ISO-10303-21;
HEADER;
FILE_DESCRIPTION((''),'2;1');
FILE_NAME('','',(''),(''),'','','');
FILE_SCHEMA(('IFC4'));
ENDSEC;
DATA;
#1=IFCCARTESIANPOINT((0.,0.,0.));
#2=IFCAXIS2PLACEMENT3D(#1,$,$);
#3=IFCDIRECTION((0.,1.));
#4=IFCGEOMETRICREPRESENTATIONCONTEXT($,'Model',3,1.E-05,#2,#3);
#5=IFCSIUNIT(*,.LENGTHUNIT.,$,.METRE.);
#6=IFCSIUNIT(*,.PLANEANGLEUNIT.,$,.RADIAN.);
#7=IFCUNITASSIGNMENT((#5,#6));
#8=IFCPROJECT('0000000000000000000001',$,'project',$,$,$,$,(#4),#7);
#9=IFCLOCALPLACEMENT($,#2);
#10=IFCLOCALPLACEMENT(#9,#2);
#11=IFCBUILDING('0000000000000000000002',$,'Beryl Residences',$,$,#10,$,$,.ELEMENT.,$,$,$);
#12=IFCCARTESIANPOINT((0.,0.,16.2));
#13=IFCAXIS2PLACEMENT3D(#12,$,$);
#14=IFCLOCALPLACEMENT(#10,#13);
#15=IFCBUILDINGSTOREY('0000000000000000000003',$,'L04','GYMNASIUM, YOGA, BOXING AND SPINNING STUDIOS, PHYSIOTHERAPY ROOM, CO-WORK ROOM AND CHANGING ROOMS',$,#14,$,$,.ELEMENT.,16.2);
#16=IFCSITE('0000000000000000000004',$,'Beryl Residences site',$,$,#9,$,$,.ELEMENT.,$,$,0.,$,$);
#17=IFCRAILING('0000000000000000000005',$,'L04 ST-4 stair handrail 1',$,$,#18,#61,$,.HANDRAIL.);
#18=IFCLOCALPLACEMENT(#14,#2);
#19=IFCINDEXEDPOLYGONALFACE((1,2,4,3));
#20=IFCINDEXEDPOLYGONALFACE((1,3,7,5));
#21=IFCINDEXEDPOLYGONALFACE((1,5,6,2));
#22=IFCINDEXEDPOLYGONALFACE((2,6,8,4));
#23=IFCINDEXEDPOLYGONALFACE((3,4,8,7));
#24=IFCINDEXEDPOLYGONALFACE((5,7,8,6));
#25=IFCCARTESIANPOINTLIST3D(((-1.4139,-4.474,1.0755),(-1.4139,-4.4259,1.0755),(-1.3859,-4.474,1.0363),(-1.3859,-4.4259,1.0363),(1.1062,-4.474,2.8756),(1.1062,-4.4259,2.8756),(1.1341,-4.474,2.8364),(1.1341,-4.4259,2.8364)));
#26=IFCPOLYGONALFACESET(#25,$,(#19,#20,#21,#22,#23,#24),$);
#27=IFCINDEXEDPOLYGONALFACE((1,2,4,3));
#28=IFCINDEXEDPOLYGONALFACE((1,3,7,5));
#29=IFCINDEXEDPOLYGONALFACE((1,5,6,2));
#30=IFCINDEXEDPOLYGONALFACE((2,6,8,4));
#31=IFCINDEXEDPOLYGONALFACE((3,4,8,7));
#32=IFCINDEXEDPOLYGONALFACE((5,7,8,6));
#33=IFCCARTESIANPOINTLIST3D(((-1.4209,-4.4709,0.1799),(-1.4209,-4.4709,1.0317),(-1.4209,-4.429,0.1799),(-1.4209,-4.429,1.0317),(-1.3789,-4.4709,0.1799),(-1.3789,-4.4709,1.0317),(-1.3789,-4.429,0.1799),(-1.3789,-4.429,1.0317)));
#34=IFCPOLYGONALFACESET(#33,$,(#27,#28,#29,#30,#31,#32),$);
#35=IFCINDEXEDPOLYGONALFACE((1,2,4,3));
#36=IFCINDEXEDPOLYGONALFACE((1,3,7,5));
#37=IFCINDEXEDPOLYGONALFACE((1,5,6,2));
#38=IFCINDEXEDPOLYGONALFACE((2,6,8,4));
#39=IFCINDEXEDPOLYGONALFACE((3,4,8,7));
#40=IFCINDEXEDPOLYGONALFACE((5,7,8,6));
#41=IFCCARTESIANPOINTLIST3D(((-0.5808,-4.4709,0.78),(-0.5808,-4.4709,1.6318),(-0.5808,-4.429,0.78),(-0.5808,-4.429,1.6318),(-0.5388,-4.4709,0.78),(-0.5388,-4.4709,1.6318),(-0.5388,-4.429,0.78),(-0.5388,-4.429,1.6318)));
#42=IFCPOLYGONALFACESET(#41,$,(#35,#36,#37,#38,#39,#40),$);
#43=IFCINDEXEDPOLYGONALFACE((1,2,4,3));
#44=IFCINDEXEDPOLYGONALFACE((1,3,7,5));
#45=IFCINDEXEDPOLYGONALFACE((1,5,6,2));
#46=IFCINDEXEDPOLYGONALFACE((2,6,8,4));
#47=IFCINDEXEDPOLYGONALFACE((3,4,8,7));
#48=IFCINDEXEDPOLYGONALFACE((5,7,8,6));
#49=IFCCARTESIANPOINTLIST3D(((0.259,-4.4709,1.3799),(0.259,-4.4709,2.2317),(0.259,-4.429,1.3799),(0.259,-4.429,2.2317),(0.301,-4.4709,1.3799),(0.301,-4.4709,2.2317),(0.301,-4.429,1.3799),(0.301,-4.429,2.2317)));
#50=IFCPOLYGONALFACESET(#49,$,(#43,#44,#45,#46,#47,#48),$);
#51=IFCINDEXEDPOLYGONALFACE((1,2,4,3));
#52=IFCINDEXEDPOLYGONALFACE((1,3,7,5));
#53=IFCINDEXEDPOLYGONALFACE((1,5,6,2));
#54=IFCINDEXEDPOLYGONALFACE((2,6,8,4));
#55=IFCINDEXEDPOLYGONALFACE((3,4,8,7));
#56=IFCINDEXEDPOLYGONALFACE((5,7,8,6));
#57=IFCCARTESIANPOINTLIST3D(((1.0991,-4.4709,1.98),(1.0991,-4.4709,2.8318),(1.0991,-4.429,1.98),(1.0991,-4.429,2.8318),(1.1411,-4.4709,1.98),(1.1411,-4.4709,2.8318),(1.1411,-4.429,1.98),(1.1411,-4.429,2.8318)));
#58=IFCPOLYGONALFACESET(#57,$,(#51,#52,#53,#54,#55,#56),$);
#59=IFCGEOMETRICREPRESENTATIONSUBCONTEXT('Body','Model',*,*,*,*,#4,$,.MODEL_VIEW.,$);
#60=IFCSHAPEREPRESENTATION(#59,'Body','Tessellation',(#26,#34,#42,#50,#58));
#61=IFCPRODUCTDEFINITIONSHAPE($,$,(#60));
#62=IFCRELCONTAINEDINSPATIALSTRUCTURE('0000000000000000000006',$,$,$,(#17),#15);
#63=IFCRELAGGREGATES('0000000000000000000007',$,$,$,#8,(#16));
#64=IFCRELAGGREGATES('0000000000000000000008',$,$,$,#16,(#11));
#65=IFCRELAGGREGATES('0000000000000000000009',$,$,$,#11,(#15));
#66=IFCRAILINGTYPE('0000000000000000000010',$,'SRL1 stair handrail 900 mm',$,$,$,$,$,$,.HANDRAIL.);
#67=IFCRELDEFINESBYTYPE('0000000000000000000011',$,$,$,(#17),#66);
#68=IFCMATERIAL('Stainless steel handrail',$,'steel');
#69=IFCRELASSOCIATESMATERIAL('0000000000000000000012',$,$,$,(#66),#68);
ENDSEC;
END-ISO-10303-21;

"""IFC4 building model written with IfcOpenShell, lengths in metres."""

from ifc_helpers import new_model, si_unit, direction, frame, origin, origin_2d, place, context, subcontext, project, spatial, rectangle, extrude, material, type_object, element, save


model = new_model("IFC4")

# Units and contexts
model_context = context("Model", 3, precision=1e-05, world=origin(), true_north=direction((0.0, 1.0)))
body_context = subcontext(model_context, "Body", "Model", "MODEL_VIEW")
ifc_project = project(units=[si_unit("LENGTHUNIT", "METRE"), si_unit("PLANEANGLEUNIT", "RADIAN")], contexts=[model_context])

# Site, building, storey
site_placement = place(None, origin())
site = spatial("IfcSite", under=ifc_project, at=site_placement, Name="Beryl Residences site", CompositionType="ELEMENT", RefElevation=0.0)
building_placement = place(site_placement, origin())
building = spatial("IfcBuilding", under=site, at=building_placement, Name="Beryl Residences", CompositionType="ELEMENT")
storey_placement = place(building_placement, frame((0.0, 0.0, 16.2)))
storey = spatial("IfcBuildingStorey", under=building, at=storey_placement, Name="L04", Description="GYMNASIUM, YOGA, BOXING AND SPINNING STUDIOS, PHYSIOTHERAPY ROOM, CO-WORK ROOM AND CHANGING ROOMS", CompositionType="ELEMENT", Elevation=16.2)

# Railing
ifc_material_1 = material(Name="Stainless steel handrail", Category="steel")
railing_type_1 = type_object("IfcRailingType", Name="SRL1 stair handrail 900 mm", PredefinedType="HANDRAIL", material=ifc_material_1)
railing_1_placement = place(storey_placement, frame((-1.3999, -4.45, 0.1799)))
element("IfcRailing", 1, at=railing_1_placement, inside=storey, type_object=railing_type_1, Name="L04 ST-4 stair handrail 1", PredefinedType="HANDRAIL", context=body_context, shape_type="SweptSolid", body=[
    extrude(rectangle(XDim=0.0481, YDim=0.0481, at=origin_2d()), frame((0.0, 0.0, 0.876), z_axis=(0.813728, 0.0, 0.581246), x_axis=(0.0, 1.0, 0.0)), (0.0, 0.0, 1.0), 3.0969),
    extrude(rectangle(XDim=0.042, YDim=0.042, at=origin_2d()), origin(), (0.0, 0.0, 1.0), 0.8518),
    extrude(rectangle(XDim=0.042, YDim=0.042, at=origin_2d()), frame((0.8401, 0.0, 0.6001)), (0.0, 0.0, 1.0), 0.8518),
    extrude(rectangle(XDim=0.042, YDim=0.042, at=origin_2d()), frame((1.6799, 0.0, 1.2)), (0.0, 0.0, 1.0), 0.8518),
    extrude(rectangle(XDim=0.042, YDim=0.042, at=origin_2d()), frame((2.52, 0.0, 1.8)), (0.0, 0.0, 1.0), 0.8518),
])

save(model, "model.ifc")
